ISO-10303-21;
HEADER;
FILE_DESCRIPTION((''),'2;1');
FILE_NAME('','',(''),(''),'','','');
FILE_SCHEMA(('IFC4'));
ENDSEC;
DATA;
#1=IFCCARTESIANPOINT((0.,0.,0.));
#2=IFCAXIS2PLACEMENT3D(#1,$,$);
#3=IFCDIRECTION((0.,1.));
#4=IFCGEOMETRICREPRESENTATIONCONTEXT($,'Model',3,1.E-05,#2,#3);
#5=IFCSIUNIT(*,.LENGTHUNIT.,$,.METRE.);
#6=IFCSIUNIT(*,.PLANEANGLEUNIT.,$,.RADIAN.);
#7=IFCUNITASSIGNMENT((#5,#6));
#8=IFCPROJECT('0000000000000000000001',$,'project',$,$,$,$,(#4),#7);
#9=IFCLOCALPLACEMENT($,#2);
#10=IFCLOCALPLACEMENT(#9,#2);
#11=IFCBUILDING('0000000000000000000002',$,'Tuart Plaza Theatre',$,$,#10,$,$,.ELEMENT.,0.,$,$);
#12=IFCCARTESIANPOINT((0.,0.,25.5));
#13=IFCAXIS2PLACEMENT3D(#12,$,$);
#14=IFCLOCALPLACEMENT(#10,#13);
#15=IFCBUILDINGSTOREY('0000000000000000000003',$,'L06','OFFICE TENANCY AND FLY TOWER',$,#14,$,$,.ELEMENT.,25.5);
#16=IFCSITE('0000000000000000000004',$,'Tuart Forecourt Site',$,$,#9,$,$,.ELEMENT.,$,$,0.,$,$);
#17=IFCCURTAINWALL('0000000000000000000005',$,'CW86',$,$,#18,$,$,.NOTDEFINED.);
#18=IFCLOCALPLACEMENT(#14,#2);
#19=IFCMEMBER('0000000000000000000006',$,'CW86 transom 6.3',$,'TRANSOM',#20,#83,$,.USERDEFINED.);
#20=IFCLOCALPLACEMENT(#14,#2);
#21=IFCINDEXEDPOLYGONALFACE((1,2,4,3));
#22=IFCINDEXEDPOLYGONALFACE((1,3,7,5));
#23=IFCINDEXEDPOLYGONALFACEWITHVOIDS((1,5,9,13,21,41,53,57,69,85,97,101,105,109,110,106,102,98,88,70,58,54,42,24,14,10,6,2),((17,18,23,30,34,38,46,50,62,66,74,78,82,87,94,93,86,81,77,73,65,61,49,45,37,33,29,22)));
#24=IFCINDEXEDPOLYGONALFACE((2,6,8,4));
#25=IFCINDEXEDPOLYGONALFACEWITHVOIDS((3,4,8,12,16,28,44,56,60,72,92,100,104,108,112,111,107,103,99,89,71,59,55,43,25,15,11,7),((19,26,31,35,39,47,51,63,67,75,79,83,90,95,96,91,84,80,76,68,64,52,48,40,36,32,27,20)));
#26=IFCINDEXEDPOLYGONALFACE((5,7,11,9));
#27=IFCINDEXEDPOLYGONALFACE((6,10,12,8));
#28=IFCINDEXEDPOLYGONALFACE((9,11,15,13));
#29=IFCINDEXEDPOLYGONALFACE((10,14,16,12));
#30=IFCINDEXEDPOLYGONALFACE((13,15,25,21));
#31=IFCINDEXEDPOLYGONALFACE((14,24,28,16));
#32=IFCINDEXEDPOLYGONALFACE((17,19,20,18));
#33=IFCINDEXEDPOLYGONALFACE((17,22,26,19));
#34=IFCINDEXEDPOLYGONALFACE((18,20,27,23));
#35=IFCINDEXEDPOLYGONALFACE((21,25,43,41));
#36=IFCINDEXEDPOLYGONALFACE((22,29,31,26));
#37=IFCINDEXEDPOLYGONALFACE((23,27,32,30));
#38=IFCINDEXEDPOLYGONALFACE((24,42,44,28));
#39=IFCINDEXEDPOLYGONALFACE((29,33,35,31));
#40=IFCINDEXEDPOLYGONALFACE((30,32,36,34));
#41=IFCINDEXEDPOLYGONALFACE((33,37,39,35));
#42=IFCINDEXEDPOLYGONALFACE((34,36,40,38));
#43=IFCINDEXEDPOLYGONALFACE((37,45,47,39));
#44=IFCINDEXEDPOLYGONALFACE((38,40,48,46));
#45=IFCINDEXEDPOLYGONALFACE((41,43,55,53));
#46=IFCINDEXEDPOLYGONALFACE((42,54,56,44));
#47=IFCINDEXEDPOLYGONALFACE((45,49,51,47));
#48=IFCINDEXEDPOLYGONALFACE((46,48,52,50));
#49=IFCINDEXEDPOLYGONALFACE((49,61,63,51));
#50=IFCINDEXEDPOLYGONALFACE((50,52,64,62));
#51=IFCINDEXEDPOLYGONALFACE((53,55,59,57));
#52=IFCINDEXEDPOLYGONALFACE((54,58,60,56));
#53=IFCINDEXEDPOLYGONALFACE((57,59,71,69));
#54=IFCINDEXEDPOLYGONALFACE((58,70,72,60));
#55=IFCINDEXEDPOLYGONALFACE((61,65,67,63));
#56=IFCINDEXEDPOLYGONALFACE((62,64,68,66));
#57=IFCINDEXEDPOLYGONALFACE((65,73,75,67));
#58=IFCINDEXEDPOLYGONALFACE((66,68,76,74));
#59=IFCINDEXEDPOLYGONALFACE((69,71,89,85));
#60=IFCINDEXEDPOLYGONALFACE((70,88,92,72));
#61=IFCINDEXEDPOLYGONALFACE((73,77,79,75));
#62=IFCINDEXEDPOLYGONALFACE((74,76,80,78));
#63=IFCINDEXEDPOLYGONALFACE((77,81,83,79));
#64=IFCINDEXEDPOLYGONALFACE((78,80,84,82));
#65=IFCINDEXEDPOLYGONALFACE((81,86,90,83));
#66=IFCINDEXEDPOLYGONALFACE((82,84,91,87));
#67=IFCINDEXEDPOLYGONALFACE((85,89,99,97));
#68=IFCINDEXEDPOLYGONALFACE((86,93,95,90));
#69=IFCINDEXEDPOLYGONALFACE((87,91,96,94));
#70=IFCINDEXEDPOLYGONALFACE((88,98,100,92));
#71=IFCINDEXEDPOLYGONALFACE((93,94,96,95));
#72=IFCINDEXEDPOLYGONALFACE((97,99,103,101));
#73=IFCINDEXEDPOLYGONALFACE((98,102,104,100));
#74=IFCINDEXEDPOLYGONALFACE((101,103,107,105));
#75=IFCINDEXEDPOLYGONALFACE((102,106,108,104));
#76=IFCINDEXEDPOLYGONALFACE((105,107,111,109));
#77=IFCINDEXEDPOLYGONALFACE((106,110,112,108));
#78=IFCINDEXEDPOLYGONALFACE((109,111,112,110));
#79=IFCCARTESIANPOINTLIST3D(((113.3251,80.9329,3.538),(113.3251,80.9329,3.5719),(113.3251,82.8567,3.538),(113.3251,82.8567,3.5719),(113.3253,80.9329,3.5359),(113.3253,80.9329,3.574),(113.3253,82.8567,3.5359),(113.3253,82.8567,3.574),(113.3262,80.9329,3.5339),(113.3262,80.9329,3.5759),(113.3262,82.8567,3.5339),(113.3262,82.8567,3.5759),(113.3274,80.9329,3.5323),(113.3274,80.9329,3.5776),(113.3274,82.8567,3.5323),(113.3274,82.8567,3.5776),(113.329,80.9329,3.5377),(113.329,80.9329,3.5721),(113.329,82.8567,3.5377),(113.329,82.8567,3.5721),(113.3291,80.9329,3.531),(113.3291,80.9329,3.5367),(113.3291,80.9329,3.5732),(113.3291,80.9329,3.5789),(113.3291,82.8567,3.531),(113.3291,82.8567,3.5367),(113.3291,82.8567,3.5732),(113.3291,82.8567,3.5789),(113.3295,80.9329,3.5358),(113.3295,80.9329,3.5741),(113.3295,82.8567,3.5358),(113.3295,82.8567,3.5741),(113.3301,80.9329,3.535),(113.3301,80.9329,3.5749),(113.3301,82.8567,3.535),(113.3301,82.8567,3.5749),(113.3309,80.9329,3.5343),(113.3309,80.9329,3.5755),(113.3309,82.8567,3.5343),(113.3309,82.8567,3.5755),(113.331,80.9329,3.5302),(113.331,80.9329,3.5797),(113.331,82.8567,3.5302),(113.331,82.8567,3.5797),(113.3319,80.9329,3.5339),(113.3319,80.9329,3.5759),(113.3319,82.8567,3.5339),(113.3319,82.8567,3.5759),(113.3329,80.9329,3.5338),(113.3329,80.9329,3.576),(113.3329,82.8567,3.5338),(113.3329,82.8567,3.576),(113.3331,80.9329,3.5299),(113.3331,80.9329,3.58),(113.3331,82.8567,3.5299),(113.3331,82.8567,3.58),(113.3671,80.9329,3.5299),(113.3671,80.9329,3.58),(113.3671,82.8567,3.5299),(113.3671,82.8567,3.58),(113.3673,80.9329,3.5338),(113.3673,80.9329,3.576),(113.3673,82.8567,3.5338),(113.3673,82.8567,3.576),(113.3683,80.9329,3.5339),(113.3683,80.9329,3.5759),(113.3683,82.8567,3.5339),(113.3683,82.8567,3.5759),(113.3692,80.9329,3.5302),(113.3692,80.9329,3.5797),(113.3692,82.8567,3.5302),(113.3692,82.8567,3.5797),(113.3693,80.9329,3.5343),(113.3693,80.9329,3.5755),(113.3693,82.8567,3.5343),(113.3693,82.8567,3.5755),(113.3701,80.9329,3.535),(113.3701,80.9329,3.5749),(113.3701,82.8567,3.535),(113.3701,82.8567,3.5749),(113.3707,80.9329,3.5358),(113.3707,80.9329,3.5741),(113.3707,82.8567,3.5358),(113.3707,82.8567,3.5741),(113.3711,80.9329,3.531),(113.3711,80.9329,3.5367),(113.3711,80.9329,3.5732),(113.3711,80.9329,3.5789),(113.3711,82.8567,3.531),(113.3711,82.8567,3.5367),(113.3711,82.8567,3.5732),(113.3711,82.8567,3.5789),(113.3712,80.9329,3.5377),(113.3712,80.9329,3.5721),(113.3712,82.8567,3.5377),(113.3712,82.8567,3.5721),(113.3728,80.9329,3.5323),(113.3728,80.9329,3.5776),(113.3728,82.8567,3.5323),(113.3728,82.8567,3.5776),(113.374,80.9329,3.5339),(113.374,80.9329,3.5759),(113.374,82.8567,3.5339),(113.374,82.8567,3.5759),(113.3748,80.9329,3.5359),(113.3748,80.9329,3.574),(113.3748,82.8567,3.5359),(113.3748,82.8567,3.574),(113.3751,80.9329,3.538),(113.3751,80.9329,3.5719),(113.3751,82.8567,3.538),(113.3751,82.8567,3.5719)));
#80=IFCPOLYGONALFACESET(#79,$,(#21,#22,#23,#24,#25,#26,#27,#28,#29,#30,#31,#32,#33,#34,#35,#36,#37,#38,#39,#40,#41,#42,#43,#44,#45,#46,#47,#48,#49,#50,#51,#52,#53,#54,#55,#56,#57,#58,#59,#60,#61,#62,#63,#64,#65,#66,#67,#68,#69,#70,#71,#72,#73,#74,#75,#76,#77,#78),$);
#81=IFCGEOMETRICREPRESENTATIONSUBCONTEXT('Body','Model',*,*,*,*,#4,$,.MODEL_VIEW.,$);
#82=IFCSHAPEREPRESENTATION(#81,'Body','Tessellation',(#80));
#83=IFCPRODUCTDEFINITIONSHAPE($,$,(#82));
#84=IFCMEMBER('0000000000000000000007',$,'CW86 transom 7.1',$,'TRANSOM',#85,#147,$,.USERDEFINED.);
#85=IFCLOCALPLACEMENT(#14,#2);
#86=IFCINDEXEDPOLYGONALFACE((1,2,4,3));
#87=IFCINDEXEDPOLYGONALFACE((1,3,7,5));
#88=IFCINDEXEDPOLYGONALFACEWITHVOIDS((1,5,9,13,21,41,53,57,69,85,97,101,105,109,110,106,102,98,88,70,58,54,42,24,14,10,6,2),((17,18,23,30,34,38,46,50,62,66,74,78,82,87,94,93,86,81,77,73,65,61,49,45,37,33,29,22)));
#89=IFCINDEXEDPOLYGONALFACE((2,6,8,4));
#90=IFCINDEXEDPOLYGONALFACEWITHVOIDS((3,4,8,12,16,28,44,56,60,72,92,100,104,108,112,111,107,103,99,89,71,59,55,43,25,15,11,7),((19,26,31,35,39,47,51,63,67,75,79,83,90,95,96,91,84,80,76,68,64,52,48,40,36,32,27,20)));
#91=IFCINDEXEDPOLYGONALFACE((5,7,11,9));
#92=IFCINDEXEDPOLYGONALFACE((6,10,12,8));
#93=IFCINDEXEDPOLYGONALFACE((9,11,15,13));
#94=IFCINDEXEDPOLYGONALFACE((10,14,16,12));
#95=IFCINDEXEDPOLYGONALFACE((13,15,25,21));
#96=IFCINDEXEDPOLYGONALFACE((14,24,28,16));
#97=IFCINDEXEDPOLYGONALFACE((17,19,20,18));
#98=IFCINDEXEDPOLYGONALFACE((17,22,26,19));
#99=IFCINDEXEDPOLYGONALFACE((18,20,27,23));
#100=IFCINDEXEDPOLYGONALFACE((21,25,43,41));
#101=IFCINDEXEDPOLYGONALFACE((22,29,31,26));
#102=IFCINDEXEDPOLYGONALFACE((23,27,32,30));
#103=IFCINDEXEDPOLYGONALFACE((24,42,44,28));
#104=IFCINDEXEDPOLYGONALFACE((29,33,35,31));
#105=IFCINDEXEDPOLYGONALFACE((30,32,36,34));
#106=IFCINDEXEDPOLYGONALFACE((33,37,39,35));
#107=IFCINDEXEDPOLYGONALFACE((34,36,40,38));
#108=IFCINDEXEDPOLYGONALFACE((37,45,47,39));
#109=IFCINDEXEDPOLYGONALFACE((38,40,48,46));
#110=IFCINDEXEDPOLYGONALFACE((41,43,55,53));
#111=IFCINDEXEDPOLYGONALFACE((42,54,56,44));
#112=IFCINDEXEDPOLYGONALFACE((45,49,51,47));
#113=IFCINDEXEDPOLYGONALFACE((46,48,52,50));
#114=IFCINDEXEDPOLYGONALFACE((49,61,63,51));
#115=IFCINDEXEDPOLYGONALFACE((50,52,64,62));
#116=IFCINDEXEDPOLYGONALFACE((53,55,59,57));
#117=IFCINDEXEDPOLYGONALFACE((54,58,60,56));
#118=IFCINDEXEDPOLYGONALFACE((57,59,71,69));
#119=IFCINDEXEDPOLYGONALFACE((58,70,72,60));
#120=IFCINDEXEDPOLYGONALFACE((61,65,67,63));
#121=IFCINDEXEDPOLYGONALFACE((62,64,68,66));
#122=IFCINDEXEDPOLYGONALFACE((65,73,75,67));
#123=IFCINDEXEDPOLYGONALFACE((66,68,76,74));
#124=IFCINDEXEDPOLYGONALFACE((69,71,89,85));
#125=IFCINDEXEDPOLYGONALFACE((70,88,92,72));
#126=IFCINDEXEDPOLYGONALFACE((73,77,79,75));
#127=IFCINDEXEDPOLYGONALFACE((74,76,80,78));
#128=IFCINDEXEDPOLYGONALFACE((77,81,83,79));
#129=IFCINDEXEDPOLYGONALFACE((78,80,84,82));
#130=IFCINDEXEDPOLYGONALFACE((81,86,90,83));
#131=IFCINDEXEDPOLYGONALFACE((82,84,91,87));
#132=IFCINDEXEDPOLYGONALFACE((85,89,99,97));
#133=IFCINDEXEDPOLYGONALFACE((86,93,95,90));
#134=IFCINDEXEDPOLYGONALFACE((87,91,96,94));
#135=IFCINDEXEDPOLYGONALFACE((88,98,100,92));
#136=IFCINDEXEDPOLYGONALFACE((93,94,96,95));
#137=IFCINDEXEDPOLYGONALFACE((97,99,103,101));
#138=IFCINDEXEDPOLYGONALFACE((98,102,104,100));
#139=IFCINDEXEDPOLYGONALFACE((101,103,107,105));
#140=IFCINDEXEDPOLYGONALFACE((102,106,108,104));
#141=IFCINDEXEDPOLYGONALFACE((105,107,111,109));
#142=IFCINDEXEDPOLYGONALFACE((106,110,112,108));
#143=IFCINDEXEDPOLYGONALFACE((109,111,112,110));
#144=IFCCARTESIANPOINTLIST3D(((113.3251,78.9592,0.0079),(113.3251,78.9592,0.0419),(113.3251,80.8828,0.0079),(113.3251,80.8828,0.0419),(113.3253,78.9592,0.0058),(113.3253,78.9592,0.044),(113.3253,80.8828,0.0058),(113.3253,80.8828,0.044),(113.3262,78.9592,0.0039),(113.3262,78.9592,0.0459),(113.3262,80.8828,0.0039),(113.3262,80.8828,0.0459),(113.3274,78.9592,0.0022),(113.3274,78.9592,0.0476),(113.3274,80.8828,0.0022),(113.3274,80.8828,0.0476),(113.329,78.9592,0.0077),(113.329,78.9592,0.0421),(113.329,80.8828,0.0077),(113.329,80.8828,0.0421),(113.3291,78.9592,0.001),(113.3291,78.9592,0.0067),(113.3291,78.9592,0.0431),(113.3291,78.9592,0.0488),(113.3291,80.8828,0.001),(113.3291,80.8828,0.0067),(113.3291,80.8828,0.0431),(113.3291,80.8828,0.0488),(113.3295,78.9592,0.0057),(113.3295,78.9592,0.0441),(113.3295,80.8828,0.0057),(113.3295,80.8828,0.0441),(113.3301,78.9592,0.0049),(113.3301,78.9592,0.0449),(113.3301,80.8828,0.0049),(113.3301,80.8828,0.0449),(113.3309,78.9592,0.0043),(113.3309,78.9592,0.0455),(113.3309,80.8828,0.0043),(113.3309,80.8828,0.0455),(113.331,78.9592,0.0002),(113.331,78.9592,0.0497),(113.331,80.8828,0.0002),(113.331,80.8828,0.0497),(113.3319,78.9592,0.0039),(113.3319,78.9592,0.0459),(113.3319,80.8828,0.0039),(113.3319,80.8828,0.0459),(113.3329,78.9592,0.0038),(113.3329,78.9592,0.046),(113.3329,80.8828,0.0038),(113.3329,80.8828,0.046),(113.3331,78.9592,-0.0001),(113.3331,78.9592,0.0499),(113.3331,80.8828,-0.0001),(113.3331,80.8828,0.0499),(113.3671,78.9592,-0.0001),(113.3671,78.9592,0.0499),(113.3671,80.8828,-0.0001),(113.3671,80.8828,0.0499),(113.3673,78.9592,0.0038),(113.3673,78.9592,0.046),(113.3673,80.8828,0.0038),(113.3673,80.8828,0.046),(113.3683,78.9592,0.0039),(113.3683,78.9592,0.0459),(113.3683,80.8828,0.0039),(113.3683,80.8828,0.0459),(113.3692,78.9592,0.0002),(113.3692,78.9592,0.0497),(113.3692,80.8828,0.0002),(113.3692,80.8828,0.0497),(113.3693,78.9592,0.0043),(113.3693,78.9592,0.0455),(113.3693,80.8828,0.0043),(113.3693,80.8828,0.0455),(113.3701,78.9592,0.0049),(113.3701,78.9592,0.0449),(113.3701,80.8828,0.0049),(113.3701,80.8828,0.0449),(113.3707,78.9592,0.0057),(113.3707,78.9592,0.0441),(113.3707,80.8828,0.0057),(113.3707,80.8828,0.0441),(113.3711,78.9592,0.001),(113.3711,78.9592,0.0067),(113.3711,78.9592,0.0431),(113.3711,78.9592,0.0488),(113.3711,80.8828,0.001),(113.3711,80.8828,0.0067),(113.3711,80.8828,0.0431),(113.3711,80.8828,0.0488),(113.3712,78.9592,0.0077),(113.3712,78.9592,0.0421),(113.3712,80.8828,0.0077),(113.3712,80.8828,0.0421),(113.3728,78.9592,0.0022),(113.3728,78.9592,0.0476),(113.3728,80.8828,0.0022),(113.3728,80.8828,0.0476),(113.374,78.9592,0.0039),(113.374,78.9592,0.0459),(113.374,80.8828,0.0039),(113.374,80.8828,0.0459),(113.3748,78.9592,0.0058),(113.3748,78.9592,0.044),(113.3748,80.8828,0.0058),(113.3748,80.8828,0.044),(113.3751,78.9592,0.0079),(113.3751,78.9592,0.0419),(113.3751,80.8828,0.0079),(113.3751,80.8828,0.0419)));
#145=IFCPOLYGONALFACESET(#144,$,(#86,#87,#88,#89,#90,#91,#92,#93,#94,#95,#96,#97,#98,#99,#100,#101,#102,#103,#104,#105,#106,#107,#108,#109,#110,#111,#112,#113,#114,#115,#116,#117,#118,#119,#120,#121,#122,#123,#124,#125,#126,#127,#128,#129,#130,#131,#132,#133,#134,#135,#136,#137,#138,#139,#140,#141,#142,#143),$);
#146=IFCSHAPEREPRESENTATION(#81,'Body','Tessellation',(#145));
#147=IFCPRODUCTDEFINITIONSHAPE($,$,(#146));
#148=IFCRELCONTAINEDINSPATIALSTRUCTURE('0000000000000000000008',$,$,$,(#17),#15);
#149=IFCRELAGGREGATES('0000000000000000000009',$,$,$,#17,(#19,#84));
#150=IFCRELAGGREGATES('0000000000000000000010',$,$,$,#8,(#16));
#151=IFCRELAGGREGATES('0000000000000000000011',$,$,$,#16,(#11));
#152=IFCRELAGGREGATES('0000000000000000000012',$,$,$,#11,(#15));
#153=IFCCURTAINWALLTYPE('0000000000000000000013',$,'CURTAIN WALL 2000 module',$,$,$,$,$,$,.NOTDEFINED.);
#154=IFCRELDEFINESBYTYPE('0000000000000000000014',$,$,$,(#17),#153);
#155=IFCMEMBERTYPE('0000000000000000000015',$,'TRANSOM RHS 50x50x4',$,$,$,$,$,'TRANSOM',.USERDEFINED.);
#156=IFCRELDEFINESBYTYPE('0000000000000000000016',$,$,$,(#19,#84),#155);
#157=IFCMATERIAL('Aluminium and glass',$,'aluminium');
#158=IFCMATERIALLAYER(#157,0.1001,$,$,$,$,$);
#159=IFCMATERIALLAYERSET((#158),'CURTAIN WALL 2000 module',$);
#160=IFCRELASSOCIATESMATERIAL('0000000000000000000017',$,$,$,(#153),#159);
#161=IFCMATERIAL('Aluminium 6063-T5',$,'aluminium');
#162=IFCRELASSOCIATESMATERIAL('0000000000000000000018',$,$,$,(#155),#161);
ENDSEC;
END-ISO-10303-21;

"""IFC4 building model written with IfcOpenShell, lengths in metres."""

from ifc_helpers import new_model, si_unit, direction, frame, origin, origin_2d, place, context, subcontext, project, spatial, hollow_rectangle, extrude, material, layer, layer_set, material_profile, profile_set, type_object, element, aggregate, save


model = new_model("IFC4")

# Units and contexts
model_context = context("Model", 3, precision=1e-05, world=origin(), true_north=direction((0.0, 1.0)))
body_context = subcontext(model_context, "Body", "Model", "MODEL_VIEW")
ifc_project = project(units=[si_unit("LENGTHUNIT", "METRE"), si_unit("PLANEANGLEUNIT", "RADIAN")], contexts=[model_context])

# Site, building, storey
site_placement = place(None, origin())
site = spatial("IfcSite", under=ifc_project, at=site_placement, Name="Tuart Forecourt Site", CompositionType="ELEMENT", RefElevation=0.0)
building_placement = place(site_placement, origin())
building = spatial("IfcBuilding", under=site, at=building_placement, Name="Tuart Plaza Theatre", CompositionType="ELEMENT", ElevationOfRefHeight=0.0)
storey_placement = place(building_placement, frame((0.0, 0.0, 25.5)))
storey = spatial("IfcBuildingStorey", under=building, at=storey_placement, Name="L06", Description="OFFICE TENANCY AND FLY TOWER", CompositionType="ELEMENT", Elevation=25.5)

# Curtain wall, members
ifc_material_1 = material(Name="Aluminium and glass", Category="aluminium")
ifc_layer_1 = layer(ifc_material_1, 0.1001)
ifc_layer_set_1 = layer_set([ifc_layer_1], Name="CURTAIN WALL 2000 module")
curtain_wall_type = type_object("IfcCurtainWallType", Name="CURTAIN WALL 2000 module", PredefinedType="NOTDEFINED", material=ifc_layer_set_1)
curtain_wall_placement = place(storey_placement, origin())
curtain_wall = element("IfcCurtainWall", 1, at=curtain_wall_placement, inside=storey, type_object=curtain_wall_type, Name="CW86", PredefinedType="NOTDEFINED")
ifc_material_2 = material(Name="Aluminium 6063-T5", Category="aluminium")
ifc_material_profile = material_profile(ifc_material_2, hollow_rectangle(XDim=0.05, YDim=0.05, WallThickness=0.0039, InnerFilletRadius=0.0039, OuterFilletRadius=0.0081, at=origin_2d()), Name="RHS 50x50x4")
ifc_profile_set = profile_set([ifc_material_profile], Name="Aluminium 6063-T5")
member_type = type_object("IfcMemberType", Name="TRANSOM RHS 50x50x4", ElementType="TRANSOM", PredefinedType="USERDEFINED", material=ifc_profile_set)
member_1_placement = place(storey_placement, frame((113.3501, 82.8567, 3.5549), z_axis=(0.0, -1.0, 0.0), x_axis=(1.0, 0.0, 0.0)))
member_1 = element("IfcMember", 2, at=member_1_placement, type_object=member_type, Name="CW86 transom 6.3", ObjectType="TRANSOM", PredefinedType="USERDEFINED", context=body_context, shape_type="SweptSolid", body=[
    extrude(hollow_rectangle(XDim=0.05, YDim=0.05, WallThickness=0.0039, InnerFilletRadius=0.0039, OuterFilletRadius=0.0081, at=origin_2d()), origin(), (0.0, 0.0, 1.0), 1.9238),
])
member_2_placement = place(storey_placement, frame((113.3501, 80.8828, 0.0249), z_axis=(0.0, -1.0, 0.0), x_axis=(1.0, 0.0, 0.0)))
member_2 = element("IfcMember", 3, at=member_2_placement, type_object=member_type, Name="CW86 transom 7.1", ObjectType="TRANSOM", PredefinedType="USERDEFINED", context=body_context, shape_type="SweptSolid", body=[
    extrude(hollow_rectangle(XDim=0.05, YDim=0.05, WallThickness=0.0039, InnerFilletRadius=0.0039, OuterFilletRadius=0.0081, at=origin_2d()), origin(), (0.0, 0.0, 1.0), 1.9236),
])
aggregate(curtain_wall, [member_1, member_2])

save(model, "model.ifc")
